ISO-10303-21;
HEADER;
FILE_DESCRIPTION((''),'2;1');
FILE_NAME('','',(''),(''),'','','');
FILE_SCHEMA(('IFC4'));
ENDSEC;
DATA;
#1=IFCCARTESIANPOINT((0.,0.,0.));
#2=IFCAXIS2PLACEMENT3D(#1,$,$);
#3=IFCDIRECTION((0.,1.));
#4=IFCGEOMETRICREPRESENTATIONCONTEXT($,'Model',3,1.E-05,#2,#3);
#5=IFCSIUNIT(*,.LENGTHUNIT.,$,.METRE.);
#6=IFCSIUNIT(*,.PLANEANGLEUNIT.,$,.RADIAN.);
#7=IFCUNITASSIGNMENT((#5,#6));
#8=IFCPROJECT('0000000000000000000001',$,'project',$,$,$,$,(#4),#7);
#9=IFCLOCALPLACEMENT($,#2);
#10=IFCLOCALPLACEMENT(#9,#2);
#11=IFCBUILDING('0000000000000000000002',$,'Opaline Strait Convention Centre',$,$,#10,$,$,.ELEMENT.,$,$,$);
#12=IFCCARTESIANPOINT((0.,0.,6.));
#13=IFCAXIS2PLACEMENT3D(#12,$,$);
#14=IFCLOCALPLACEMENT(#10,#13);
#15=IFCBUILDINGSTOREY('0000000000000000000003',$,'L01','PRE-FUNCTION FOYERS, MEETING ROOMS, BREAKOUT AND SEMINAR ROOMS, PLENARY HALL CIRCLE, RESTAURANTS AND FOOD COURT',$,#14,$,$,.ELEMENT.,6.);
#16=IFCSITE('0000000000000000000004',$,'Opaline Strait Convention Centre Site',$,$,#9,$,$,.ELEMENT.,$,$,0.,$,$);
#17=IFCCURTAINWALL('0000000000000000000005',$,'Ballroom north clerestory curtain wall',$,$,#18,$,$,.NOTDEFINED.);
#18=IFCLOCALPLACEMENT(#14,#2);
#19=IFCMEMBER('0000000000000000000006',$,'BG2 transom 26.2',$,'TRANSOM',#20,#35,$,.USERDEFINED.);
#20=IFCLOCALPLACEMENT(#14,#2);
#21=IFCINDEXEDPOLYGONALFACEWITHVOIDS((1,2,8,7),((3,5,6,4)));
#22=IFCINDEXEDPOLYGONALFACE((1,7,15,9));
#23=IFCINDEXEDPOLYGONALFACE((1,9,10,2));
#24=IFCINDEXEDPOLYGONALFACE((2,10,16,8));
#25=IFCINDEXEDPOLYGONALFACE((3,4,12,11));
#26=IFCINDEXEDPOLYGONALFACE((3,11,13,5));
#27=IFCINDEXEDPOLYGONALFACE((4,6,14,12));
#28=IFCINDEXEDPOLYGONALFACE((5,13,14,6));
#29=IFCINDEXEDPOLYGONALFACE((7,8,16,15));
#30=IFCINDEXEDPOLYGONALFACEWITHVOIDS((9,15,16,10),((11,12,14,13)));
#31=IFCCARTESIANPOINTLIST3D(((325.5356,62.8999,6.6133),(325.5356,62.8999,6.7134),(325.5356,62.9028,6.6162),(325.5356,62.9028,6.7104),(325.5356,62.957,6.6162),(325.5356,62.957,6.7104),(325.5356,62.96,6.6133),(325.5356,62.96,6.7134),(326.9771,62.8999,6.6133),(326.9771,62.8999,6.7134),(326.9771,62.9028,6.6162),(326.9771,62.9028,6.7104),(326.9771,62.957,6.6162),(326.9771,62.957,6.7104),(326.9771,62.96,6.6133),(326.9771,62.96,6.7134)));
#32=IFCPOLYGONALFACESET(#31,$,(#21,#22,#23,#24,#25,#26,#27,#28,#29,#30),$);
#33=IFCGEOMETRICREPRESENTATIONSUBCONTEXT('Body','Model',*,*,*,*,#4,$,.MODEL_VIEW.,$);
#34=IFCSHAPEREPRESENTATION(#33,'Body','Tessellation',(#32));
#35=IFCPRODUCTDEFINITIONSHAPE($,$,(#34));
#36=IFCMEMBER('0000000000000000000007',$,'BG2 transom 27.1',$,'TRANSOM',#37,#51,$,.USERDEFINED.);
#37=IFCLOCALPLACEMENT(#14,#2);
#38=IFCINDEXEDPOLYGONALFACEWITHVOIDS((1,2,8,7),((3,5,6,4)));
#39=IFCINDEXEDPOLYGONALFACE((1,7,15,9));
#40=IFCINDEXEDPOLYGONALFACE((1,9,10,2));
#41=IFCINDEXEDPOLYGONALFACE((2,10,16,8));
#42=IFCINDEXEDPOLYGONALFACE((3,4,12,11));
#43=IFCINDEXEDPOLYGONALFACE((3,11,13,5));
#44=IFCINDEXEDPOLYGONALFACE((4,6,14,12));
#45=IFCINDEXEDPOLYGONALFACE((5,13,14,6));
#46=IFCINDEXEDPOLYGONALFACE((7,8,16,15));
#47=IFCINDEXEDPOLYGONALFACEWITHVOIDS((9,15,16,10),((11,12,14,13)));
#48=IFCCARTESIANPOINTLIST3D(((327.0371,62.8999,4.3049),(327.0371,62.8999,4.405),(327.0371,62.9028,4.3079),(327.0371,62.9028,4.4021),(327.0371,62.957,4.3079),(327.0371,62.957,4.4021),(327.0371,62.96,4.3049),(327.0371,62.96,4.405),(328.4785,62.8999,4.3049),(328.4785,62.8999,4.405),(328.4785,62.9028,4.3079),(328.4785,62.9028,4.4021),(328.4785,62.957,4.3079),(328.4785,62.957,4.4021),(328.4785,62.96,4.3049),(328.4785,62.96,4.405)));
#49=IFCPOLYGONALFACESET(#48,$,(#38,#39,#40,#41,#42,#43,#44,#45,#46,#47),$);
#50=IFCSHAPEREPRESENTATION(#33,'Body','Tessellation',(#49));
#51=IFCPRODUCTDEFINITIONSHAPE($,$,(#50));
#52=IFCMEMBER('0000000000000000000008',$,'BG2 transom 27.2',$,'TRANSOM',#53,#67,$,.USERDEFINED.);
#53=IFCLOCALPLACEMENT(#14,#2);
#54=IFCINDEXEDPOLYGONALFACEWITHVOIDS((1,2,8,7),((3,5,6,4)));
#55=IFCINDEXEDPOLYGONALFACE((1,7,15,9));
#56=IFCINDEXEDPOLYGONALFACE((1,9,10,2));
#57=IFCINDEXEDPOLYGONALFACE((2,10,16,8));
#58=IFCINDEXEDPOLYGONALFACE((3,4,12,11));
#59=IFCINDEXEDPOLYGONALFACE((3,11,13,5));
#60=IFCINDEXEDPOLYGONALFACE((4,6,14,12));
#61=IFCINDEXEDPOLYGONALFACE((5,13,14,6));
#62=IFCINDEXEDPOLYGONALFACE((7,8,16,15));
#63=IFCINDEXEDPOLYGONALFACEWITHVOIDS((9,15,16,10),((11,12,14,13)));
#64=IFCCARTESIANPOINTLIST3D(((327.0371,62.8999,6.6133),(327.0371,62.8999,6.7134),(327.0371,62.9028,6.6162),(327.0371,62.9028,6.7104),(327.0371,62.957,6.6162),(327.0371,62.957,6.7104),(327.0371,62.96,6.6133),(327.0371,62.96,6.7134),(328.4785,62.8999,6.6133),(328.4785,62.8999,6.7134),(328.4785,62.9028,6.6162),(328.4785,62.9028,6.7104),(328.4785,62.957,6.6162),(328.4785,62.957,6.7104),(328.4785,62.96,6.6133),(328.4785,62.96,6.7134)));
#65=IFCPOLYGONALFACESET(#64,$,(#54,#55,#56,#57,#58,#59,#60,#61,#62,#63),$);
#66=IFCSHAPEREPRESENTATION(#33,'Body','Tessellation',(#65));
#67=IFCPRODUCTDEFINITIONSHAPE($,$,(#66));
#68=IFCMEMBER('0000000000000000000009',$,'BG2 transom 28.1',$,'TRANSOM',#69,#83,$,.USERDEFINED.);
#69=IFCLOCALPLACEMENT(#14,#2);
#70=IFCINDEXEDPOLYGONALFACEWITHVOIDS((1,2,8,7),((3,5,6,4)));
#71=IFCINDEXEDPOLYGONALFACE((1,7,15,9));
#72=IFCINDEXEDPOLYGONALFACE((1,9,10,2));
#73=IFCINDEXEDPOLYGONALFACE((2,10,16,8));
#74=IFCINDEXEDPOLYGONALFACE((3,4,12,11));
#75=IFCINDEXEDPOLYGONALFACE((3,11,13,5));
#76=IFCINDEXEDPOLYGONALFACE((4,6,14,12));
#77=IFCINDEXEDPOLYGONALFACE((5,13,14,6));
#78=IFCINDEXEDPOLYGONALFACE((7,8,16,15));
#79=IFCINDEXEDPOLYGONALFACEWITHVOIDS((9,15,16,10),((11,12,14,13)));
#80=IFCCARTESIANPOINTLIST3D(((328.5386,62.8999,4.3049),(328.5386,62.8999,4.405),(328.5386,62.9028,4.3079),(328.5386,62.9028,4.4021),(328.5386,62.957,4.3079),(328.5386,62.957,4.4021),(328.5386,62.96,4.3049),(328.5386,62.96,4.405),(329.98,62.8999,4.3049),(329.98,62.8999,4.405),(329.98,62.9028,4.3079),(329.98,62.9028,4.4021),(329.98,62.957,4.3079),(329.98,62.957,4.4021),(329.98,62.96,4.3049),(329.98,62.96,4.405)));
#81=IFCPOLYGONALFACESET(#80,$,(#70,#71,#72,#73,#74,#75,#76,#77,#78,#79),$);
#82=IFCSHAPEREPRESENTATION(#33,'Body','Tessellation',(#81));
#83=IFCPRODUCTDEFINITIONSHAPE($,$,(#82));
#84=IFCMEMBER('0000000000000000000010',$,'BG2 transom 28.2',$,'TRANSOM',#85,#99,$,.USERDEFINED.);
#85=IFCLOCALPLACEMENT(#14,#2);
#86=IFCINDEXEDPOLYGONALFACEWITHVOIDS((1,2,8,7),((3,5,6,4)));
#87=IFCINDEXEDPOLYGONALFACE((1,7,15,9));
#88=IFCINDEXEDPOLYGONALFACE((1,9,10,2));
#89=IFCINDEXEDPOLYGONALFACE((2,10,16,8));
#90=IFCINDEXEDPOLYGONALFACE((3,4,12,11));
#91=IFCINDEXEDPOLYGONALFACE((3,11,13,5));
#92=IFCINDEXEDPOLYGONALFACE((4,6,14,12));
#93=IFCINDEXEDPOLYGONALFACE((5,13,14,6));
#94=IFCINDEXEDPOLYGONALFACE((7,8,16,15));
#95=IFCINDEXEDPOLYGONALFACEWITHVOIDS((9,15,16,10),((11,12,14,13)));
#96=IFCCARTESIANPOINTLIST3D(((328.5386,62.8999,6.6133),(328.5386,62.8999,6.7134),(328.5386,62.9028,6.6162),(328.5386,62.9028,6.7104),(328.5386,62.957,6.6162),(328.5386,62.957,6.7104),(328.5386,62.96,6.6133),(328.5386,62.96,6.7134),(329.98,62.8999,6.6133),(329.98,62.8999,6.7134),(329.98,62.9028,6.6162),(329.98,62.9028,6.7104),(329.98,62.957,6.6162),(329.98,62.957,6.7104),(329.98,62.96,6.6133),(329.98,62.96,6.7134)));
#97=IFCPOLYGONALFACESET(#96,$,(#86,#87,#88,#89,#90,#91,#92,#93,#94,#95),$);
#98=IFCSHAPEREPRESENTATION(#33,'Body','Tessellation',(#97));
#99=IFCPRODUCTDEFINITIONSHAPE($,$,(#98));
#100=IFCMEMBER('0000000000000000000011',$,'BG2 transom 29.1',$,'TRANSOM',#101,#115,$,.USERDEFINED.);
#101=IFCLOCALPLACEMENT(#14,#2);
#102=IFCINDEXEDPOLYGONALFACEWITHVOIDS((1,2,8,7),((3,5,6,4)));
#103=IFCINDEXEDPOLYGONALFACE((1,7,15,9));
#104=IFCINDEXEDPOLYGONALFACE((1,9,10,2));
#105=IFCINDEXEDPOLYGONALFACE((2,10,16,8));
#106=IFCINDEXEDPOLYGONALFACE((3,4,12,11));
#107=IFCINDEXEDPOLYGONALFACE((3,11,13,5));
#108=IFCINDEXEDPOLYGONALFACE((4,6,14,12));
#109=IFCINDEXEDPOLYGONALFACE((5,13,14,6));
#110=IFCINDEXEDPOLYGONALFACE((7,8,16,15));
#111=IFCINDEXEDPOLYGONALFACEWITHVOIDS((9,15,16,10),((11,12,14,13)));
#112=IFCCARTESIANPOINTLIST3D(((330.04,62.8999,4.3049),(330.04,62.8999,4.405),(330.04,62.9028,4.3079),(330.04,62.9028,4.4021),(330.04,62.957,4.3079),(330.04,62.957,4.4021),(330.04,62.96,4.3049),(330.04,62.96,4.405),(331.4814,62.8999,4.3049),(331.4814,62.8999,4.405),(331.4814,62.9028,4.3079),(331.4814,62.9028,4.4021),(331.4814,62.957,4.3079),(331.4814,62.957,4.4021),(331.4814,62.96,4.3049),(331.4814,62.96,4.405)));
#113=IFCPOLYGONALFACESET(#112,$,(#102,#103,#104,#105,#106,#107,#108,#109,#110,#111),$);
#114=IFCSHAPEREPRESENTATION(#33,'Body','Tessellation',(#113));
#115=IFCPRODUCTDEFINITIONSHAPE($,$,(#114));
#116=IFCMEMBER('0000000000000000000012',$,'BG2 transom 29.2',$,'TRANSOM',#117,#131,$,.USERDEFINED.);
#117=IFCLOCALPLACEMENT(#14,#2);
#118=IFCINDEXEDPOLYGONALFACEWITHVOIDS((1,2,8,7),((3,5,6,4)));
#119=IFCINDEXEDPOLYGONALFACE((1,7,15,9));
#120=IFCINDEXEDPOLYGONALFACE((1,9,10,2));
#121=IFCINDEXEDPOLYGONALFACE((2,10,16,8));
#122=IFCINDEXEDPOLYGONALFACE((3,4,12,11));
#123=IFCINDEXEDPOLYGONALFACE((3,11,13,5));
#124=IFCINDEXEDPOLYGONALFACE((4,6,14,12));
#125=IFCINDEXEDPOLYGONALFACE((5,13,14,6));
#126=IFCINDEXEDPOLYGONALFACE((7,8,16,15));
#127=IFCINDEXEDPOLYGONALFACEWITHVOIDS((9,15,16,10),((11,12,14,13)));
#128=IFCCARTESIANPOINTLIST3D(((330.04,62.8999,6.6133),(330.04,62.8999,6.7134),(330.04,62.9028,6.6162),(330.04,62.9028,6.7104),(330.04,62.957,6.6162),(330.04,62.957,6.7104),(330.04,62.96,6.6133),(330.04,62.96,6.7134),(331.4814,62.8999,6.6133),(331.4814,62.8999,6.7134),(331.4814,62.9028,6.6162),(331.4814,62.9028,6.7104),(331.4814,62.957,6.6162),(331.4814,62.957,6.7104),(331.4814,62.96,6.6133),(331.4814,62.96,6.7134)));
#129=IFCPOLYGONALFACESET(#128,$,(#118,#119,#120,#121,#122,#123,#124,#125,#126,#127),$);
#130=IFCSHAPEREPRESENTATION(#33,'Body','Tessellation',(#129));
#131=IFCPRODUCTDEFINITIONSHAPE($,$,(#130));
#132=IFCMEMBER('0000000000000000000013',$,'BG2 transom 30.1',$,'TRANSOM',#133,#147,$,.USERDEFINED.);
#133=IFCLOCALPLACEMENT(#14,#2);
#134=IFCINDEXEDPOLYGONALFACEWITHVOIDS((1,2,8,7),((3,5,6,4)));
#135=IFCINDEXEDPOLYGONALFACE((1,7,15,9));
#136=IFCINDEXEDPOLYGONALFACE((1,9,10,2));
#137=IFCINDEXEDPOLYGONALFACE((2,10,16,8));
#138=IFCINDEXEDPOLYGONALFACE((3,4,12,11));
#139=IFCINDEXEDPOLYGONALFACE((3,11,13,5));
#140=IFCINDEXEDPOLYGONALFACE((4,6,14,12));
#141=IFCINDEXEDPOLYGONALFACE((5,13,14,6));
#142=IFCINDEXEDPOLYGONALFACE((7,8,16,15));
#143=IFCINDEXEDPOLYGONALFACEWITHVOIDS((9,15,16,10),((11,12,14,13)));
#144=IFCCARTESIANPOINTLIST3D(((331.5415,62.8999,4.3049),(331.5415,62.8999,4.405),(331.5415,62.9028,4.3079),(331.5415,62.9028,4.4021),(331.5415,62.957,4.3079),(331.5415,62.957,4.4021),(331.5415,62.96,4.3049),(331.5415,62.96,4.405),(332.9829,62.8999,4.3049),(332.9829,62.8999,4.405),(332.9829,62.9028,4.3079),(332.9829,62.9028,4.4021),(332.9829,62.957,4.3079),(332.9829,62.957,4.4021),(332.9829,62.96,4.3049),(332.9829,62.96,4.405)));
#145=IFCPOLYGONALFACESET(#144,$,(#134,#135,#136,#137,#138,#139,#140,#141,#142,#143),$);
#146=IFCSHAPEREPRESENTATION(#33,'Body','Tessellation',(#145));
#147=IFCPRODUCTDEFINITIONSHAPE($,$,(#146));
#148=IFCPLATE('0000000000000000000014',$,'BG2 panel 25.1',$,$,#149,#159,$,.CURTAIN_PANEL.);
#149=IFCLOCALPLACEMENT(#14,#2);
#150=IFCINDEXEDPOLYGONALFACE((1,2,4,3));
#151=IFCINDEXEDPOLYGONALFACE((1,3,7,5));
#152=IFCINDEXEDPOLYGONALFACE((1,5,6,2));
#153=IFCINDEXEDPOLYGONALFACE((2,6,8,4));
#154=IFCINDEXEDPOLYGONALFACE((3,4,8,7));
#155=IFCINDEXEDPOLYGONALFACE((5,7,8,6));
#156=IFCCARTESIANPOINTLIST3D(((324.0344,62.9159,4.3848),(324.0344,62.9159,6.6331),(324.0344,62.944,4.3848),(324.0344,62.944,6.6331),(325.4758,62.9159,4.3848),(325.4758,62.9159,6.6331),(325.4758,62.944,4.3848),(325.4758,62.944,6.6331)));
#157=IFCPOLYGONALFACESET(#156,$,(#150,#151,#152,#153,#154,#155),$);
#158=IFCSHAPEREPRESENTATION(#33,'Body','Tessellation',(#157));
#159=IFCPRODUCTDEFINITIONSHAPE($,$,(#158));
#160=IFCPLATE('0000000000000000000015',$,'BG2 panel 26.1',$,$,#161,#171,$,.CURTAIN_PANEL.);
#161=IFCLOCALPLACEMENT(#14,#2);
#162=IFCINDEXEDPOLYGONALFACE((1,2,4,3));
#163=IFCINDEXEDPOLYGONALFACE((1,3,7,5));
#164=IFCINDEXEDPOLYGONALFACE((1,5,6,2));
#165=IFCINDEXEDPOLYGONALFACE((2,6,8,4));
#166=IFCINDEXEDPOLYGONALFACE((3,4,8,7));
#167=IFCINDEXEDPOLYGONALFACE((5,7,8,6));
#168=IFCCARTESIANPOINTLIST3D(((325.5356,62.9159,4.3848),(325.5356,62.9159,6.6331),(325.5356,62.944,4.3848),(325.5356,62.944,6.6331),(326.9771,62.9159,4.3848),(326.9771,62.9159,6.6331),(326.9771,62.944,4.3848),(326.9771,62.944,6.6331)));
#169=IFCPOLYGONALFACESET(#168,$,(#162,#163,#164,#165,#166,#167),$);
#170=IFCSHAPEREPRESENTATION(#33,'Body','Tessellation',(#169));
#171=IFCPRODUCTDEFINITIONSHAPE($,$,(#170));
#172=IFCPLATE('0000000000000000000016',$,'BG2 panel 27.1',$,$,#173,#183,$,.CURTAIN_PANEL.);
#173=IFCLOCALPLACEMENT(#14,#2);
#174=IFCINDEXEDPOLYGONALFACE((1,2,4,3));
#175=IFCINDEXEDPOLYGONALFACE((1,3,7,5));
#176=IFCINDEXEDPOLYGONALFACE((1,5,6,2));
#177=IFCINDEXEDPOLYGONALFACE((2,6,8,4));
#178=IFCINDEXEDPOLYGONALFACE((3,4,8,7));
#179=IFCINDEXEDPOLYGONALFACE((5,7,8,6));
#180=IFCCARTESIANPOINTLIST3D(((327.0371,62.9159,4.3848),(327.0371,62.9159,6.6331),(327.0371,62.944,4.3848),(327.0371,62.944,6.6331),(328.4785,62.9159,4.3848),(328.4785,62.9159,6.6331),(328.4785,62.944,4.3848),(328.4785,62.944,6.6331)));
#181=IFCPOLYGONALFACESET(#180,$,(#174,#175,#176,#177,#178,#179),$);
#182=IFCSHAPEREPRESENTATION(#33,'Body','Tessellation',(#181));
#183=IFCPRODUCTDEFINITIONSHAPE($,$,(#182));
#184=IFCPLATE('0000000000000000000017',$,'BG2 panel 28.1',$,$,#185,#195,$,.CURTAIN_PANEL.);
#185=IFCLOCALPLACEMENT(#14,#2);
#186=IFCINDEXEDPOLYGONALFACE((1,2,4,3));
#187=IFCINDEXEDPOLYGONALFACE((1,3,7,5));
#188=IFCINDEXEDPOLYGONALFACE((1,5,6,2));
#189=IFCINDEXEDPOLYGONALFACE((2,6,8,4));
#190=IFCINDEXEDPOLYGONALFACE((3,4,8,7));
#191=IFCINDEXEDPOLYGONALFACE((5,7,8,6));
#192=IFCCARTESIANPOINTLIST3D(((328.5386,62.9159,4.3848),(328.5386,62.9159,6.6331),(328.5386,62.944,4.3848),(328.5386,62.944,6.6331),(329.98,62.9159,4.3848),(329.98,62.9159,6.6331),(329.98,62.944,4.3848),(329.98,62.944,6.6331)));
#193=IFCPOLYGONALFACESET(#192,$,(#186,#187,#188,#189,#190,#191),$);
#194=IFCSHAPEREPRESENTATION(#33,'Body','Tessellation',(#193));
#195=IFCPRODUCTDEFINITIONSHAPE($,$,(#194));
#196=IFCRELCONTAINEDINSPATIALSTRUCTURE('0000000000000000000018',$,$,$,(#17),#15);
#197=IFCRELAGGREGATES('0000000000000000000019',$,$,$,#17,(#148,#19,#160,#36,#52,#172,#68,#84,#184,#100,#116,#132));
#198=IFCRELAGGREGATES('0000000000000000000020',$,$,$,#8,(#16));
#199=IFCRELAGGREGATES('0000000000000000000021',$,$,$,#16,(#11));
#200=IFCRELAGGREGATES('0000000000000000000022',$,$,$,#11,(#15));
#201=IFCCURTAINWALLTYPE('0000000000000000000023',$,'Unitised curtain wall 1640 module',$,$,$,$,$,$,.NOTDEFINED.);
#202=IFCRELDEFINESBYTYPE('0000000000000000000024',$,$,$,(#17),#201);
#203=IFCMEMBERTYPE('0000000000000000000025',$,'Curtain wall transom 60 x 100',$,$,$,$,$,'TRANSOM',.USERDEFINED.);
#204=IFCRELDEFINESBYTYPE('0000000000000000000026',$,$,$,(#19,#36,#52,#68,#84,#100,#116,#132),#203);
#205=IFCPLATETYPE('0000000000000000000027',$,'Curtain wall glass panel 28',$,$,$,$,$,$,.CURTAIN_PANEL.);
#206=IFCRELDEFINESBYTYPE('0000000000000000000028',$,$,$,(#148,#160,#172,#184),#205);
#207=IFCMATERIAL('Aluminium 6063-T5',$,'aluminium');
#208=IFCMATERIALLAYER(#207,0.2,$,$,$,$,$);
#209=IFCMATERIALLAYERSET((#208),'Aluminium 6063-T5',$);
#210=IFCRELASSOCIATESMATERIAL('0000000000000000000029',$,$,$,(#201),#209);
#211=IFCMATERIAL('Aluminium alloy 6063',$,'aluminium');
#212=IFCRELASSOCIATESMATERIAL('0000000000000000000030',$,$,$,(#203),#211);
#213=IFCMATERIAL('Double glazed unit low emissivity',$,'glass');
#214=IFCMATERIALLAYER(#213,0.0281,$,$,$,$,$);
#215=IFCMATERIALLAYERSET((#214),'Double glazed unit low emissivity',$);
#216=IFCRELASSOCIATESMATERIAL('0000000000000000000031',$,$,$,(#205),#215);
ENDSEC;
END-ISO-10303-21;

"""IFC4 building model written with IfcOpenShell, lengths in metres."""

from ifc_helpers import new_model, si_unit, direction, frame, origin, origin_2d, place, context, subcontext, project, spatial, rectangle, hollow_rectangle, extrude, material, layer, layer_set, material_profile, profile_set, type_object, element, aggregate, save


model = new_model("IFC4")

# Units and contexts
model_context = context("Model", 3, precision=1e-05, world=origin(), true_north=direction((0.0, 1.0)))
body_context = subcontext(model_context, "Body", "Model", "MODEL_VIEW")
ifc_project = project(units=[si_unit("LENGTHUNIT", "METRE"), si_unit("PLANEANGLEUNIT", "RADIAN")], contexts=[model_context])

# Site, building, storey
site_placement = place(None, origin())
site = spatial("IfcSite", under=ifc_project, at=site_placement, Name="Opaline Strait Convention Centre Site", CompositionType="ELEMENT", RefElevation=0.0)
building_placement = place(site_placement, origin())
building = spatial("IfcBuilding", under=site, at=building_placement, Name="Opaline Strait Convention Centre", CompositionType="ELEMENT")
storey_placement = place(building_placement, frame((0.0, 0.0, 6.0)))
storey = spatial("IfcBuildingStorey", under=building, at=storey_placement, Name="L01", Description="PRE-FUNCTION FOYERS, MEETING ROOMS, BREAKOUT AND SEMINAR ROOMS, PLENARY HALL CIRCLE, RESTAURANTS AND FOOD COURT", CompositionType="ELEMENT", Elevation=6.0)

# Shared definitions
ifc_material_1 = material(Name="Aluminium 6063-T5", Category="aluminium")
ifc_layer_1 = layer(ifc_material_1, 0.2)
ifc_layer_set_1 = layer_set([ifc_layer_1], Name="Aluminium 6063-T5")
curtain_wall_type = type_object("IfcCurtainWallType", Name="Unitised curtain wall 1640 module", PredefinedType="NOTDEFINED", material=ifc_layer_set_1)
ifc_material_2 = material(Name="Aluminium alloy 6063", Category="aluminium")

# Curtain wall, members, plates
curtain_wall_1_placement = place(storey_placement, origin())
curtain_wall_1 = element("IfcCurtainWall", 1, at=curtain_wall_1_placement, inside=storey, type_object=curtain_wall_type, Name="Ballroom north clerestory curtain wall", PredefinedType="NOTDEFINED")
ifc_material_profile_1 = material_profile(ifc_material_2, hollow_rectangle(XDim=0.0601, YDim=0.1001, WallThickness=0.0029, at=origin_2d()), Name="TRANSOM 60x100x3")
ifc_profile_set_1 = profile_set([ifc_material_profile_1], Name="Aluminium alloy 6063")
member_type_1 = type_object("IfcMemberType", Name="Curtain wall transom 60 x 100", ElementType="TRANSOM", PredefinedType="USERDEFINED", material=ifc_profile_set_1)
member_1_placement = place(storey_placement, frame((325.5356, 62.9299, 6.6633), z_axis=(1.0, 0.0, 0.0), x_axis=(0.0, 1.0, 0.0)))
member_1 = element("IfcMember", 2, at=member_1_placement, type_object=member_type_1, Name="BG2 transom 26.2", ObjectType="TRANSOM", PredefinedType="USERDEFINED", context=body_context, shape_type="SweptSolid", body=[
    extrude(hollow_rectangle(XDim=0.0601, YDim=0.1001, WallThickness=0.0029, at=origin_2d()), origin(), (0.0, 0.0, 1.0), 1.4414),
])
member_2_placement = place(storey_placement, frame((327.0371, 62.9299, 4.355), z_axis=(1.0, 0.0, 0.0), x_axis=(0.0, 1.0, 0.0)))
member_2 = element("IfcMember", 3, at=member_2_placement, type_object=member_type_1, Name="BG2 transom 27.1", ObjectType="TRANSOM", PredefinedType="USERDEFINED", context=body_context, shape_type="SweptSolid", body=[
    extrude(hollow_rectangle(XDim=0.0601, YDim=0.1001, WallThickness=0.0029, at=origin_2d()), origin(), (0.0, 0.0, 1.0), 1.4414),
])
member_3_placement = place(storey_placement, frame((327.0371, 62.9299, 6.6633), z_axis=(1.0, 0.0, 0.0), x_axis=(0.0, 1.0, 0.0)))
member_3 = element("IfcMember", 4, at=member_3_placement, type_object=member_type_1, Name="BG2 transom 27.2", ObjectType="TRANSOM", PredefinedType="USERDEFINED", context=body_context, shape_type="SweptSolid", body=[
    extrude(hollow_rectangle(XDim=0.0601, YDim=0.1001, WallThickness=0.0029, at=origin_2d()), origin(), (0.0, 0.0, 1.0), 1.4414),
])
member_4_placement = place(storey_placement, frame((328.5386, 62.9299, 4.355), z_axis=(1.0, 0.0, 0.0), x_axis=(0.0, 1.0, 0.0)))
member_4 = element("IfcMember", 5, at=member_4_placement, type_object=member_type_1, Name="BG2 transom 28.1", ObjectType="TRANSOM", PredefinedType="USERDEFINED", context=body_context, shape_type="SweptSolid", body=[
    extrude(hollow_rectangle(XDim=0.0601, YDim=0.1001, WallThickness=0.0029, at=origin_2d()), origin(), (0.0, 0.0, 1.0), 1.4414),
])
member_5_placement = place(storey_placement, frame((328.5386, 62.9299, 6.6633), z_axis=(1.0, 0.0, 0.0), x_axis=(0.0, 1.0, 0.0)))
member_5 = element("IfcMember", 6, at=member_5_placement, type_object=member_type_1, Name="BG2 transom 28.2", ObjectType="TRANSOM", PredefinedType="USERDEFINED", context=body_context, shape_type="SweptSolid", body=[
    extrude(hollow_rectangle(XDim=0.0601, YDim=0.1001, WallThickness=0.0029, at=origin_2d()), origin(), (0.0, 0.0, 1.0), 1.4414),
])
member_6_placement = place(storey_placement, frame((330.04, 62.9299, 4.355), z_axis=(1.0, 0.0, 0.0), x_axis=(0.0, 1.0, 0.0)))
member_6 = element("IfcMember", 7, at=member_6_placement, type_object=member_type_1, Name="BG2 transom 29.1", ObjectType="TRANSOM", PredefinedType="USERDEFINED", context=body_context, shape_type="SweptSolid", body=[
    extrude(hollow_rectangle(XDim=0.0601, YDim=0.1001, WallThickness=0.0029, at=origin_2d()), origin(), (0.0, 0.0, 1.0), 1.4414),
])
member_7_placement = place(storey_placement, frame((330.04, 62.9299, 6.6633), z_axis=(1.0, 0.0, 0.0), x_axis=(0.0, 1.0, 0.0)))
member_7 = element("IfcMember", 8, at=member_7_placement, type_object=member_type_1, Name="BG2 transom 29.2", ObjectType="TRANSOM", PredefinedType="USERDEFINED", context=body_context, shape_type="SweptSolid", body=[
    extrude(hollow_rectangle(XDim=0.0601, YDim=0.1001, WallThickness=0.0029, at=origin_2d()), origin(), (0.0, 0.0, 1.0), 1.4414),
])
member_8_placement = place(storey_placement, frame((331.5415, 62.9299, 4.355), z_axis=(1.0, 0.0, 0.0), x_axis=(0.0, 1.0, 0.0)))
member_8 = element("IfcMember", 9, at=member_8_placement, type_object=member_type_1, Name="BG2 transom 30.1", ObjectType="TRANSOM", PredefinedType="USERDEFINED", context=body_context, shape_type="SweptSolid", body=[
    extrude(hollow_rectangle(XDim=0.0601, YDim=0.1001, WallThickness=0.0029, at=origin_2d()), origin(), (0.0, 0.0, 1.0), 1.4414),
])
ifc_material_3 = material(Name="Double glazed unit low emissivity", Category="glass")
ifc_layer_2 = layer(ifc_material_3, 0.0281)
ifc_layer_set_2 = layer_set([ifc_layer_2], Name="Double glazed unit low emissivity")
plate_type = type_object("IfcPlateType", Name="Curtain wall glass panel 28", PredefinedType="CURTAIN_PANEL", material=ifc_layer_set_2)
plate_1_placement = place(storey_placement, frame((324.7551, 62.9299, 4.3848), z_axis=(0.0, 0.0, 1.0), x_axis=(1.0, 0.0, 0.0)))
plate_1 = element("IfcPlate", 10, at=plate_1_placement, type_object=plate_type, Name="BG2 panel 25.1", PredefinedType="CURTAIN_PANEL", context=body_context, shape_type="SweptSolid", body=[
    extrude(rectangle(XDim=1.4414, YDim=0.0281, at=origin_2d()), origin(), (0.0, 0.0, 1.0), 2.2483),
])
plate_2_placement = place(storey_placement, frame((326.2563, 62.9299, 4.3848), z_axis=(0.0, 0.0, 1.0), x_axis=(1.0, 0.0, 0.0)))
plate_2 = element("IfcPlate", 11, at=plate_2_placement, type_object=plate_type, Name="BG2 panel 26.1", PredefinedType="CURTAIN_PANEL", context=body_context, shape_type="SweptSolid", body=[
    extrude(rectangle(XDim=1.4414, YDim=0.0281, at=origin_2d()), origin(), (0.0, 0.0, 1.0), 2.2483),
])
plate_3_placement = place(storey_placement, frame((327.7578, 62.9299, 4.3848), z_axis=(0.0, 0.0, 1.0), x_axis=(1.0, 0.0, 0.0)))
plate_3 = element("IfcPlate", 12, at=plate_3_placement, type_object=plate_type, Name="BG2 panel 27.1", PredefinedType="CURTAIN_PANEL", context=body_context, shape_type="SweptSolid", body=[
    extrude(rectangle(XDim=1.4414, YDim=0.0281, at=origin_2d()), origin(), (0.0, 0.0, 1.0), 2.2483),
])
plate_4_placement = place(storey_placement, frame((329.2593, 62.9299, 4.3848), z_axis=(0.0, 0.0, 1.0), x_axis=(1.0, 0.0, 0.0)))
plate_4 = element("IfcPlate", 13, at=plate_4_placement, type_object=plate_type, Name="BG2 panel 28.1", PredefinedType="CURTAIN_PANEL", context=body_context, shape_type="SweptSolid", body=[
    extrude(rectangle(XDim=1.4414, YDim=0.0281, at=origin_2d()), origin(), (0.0, 0.0, 1.0), 2.2483),
])
aggregate(curtain_wall_1, [plate_1, member_1, plate_2, member_2, member_3, plate_3, member_4, member_5, plate_4, member_6, member_7, member_8])

save(model, "model.ifc")
